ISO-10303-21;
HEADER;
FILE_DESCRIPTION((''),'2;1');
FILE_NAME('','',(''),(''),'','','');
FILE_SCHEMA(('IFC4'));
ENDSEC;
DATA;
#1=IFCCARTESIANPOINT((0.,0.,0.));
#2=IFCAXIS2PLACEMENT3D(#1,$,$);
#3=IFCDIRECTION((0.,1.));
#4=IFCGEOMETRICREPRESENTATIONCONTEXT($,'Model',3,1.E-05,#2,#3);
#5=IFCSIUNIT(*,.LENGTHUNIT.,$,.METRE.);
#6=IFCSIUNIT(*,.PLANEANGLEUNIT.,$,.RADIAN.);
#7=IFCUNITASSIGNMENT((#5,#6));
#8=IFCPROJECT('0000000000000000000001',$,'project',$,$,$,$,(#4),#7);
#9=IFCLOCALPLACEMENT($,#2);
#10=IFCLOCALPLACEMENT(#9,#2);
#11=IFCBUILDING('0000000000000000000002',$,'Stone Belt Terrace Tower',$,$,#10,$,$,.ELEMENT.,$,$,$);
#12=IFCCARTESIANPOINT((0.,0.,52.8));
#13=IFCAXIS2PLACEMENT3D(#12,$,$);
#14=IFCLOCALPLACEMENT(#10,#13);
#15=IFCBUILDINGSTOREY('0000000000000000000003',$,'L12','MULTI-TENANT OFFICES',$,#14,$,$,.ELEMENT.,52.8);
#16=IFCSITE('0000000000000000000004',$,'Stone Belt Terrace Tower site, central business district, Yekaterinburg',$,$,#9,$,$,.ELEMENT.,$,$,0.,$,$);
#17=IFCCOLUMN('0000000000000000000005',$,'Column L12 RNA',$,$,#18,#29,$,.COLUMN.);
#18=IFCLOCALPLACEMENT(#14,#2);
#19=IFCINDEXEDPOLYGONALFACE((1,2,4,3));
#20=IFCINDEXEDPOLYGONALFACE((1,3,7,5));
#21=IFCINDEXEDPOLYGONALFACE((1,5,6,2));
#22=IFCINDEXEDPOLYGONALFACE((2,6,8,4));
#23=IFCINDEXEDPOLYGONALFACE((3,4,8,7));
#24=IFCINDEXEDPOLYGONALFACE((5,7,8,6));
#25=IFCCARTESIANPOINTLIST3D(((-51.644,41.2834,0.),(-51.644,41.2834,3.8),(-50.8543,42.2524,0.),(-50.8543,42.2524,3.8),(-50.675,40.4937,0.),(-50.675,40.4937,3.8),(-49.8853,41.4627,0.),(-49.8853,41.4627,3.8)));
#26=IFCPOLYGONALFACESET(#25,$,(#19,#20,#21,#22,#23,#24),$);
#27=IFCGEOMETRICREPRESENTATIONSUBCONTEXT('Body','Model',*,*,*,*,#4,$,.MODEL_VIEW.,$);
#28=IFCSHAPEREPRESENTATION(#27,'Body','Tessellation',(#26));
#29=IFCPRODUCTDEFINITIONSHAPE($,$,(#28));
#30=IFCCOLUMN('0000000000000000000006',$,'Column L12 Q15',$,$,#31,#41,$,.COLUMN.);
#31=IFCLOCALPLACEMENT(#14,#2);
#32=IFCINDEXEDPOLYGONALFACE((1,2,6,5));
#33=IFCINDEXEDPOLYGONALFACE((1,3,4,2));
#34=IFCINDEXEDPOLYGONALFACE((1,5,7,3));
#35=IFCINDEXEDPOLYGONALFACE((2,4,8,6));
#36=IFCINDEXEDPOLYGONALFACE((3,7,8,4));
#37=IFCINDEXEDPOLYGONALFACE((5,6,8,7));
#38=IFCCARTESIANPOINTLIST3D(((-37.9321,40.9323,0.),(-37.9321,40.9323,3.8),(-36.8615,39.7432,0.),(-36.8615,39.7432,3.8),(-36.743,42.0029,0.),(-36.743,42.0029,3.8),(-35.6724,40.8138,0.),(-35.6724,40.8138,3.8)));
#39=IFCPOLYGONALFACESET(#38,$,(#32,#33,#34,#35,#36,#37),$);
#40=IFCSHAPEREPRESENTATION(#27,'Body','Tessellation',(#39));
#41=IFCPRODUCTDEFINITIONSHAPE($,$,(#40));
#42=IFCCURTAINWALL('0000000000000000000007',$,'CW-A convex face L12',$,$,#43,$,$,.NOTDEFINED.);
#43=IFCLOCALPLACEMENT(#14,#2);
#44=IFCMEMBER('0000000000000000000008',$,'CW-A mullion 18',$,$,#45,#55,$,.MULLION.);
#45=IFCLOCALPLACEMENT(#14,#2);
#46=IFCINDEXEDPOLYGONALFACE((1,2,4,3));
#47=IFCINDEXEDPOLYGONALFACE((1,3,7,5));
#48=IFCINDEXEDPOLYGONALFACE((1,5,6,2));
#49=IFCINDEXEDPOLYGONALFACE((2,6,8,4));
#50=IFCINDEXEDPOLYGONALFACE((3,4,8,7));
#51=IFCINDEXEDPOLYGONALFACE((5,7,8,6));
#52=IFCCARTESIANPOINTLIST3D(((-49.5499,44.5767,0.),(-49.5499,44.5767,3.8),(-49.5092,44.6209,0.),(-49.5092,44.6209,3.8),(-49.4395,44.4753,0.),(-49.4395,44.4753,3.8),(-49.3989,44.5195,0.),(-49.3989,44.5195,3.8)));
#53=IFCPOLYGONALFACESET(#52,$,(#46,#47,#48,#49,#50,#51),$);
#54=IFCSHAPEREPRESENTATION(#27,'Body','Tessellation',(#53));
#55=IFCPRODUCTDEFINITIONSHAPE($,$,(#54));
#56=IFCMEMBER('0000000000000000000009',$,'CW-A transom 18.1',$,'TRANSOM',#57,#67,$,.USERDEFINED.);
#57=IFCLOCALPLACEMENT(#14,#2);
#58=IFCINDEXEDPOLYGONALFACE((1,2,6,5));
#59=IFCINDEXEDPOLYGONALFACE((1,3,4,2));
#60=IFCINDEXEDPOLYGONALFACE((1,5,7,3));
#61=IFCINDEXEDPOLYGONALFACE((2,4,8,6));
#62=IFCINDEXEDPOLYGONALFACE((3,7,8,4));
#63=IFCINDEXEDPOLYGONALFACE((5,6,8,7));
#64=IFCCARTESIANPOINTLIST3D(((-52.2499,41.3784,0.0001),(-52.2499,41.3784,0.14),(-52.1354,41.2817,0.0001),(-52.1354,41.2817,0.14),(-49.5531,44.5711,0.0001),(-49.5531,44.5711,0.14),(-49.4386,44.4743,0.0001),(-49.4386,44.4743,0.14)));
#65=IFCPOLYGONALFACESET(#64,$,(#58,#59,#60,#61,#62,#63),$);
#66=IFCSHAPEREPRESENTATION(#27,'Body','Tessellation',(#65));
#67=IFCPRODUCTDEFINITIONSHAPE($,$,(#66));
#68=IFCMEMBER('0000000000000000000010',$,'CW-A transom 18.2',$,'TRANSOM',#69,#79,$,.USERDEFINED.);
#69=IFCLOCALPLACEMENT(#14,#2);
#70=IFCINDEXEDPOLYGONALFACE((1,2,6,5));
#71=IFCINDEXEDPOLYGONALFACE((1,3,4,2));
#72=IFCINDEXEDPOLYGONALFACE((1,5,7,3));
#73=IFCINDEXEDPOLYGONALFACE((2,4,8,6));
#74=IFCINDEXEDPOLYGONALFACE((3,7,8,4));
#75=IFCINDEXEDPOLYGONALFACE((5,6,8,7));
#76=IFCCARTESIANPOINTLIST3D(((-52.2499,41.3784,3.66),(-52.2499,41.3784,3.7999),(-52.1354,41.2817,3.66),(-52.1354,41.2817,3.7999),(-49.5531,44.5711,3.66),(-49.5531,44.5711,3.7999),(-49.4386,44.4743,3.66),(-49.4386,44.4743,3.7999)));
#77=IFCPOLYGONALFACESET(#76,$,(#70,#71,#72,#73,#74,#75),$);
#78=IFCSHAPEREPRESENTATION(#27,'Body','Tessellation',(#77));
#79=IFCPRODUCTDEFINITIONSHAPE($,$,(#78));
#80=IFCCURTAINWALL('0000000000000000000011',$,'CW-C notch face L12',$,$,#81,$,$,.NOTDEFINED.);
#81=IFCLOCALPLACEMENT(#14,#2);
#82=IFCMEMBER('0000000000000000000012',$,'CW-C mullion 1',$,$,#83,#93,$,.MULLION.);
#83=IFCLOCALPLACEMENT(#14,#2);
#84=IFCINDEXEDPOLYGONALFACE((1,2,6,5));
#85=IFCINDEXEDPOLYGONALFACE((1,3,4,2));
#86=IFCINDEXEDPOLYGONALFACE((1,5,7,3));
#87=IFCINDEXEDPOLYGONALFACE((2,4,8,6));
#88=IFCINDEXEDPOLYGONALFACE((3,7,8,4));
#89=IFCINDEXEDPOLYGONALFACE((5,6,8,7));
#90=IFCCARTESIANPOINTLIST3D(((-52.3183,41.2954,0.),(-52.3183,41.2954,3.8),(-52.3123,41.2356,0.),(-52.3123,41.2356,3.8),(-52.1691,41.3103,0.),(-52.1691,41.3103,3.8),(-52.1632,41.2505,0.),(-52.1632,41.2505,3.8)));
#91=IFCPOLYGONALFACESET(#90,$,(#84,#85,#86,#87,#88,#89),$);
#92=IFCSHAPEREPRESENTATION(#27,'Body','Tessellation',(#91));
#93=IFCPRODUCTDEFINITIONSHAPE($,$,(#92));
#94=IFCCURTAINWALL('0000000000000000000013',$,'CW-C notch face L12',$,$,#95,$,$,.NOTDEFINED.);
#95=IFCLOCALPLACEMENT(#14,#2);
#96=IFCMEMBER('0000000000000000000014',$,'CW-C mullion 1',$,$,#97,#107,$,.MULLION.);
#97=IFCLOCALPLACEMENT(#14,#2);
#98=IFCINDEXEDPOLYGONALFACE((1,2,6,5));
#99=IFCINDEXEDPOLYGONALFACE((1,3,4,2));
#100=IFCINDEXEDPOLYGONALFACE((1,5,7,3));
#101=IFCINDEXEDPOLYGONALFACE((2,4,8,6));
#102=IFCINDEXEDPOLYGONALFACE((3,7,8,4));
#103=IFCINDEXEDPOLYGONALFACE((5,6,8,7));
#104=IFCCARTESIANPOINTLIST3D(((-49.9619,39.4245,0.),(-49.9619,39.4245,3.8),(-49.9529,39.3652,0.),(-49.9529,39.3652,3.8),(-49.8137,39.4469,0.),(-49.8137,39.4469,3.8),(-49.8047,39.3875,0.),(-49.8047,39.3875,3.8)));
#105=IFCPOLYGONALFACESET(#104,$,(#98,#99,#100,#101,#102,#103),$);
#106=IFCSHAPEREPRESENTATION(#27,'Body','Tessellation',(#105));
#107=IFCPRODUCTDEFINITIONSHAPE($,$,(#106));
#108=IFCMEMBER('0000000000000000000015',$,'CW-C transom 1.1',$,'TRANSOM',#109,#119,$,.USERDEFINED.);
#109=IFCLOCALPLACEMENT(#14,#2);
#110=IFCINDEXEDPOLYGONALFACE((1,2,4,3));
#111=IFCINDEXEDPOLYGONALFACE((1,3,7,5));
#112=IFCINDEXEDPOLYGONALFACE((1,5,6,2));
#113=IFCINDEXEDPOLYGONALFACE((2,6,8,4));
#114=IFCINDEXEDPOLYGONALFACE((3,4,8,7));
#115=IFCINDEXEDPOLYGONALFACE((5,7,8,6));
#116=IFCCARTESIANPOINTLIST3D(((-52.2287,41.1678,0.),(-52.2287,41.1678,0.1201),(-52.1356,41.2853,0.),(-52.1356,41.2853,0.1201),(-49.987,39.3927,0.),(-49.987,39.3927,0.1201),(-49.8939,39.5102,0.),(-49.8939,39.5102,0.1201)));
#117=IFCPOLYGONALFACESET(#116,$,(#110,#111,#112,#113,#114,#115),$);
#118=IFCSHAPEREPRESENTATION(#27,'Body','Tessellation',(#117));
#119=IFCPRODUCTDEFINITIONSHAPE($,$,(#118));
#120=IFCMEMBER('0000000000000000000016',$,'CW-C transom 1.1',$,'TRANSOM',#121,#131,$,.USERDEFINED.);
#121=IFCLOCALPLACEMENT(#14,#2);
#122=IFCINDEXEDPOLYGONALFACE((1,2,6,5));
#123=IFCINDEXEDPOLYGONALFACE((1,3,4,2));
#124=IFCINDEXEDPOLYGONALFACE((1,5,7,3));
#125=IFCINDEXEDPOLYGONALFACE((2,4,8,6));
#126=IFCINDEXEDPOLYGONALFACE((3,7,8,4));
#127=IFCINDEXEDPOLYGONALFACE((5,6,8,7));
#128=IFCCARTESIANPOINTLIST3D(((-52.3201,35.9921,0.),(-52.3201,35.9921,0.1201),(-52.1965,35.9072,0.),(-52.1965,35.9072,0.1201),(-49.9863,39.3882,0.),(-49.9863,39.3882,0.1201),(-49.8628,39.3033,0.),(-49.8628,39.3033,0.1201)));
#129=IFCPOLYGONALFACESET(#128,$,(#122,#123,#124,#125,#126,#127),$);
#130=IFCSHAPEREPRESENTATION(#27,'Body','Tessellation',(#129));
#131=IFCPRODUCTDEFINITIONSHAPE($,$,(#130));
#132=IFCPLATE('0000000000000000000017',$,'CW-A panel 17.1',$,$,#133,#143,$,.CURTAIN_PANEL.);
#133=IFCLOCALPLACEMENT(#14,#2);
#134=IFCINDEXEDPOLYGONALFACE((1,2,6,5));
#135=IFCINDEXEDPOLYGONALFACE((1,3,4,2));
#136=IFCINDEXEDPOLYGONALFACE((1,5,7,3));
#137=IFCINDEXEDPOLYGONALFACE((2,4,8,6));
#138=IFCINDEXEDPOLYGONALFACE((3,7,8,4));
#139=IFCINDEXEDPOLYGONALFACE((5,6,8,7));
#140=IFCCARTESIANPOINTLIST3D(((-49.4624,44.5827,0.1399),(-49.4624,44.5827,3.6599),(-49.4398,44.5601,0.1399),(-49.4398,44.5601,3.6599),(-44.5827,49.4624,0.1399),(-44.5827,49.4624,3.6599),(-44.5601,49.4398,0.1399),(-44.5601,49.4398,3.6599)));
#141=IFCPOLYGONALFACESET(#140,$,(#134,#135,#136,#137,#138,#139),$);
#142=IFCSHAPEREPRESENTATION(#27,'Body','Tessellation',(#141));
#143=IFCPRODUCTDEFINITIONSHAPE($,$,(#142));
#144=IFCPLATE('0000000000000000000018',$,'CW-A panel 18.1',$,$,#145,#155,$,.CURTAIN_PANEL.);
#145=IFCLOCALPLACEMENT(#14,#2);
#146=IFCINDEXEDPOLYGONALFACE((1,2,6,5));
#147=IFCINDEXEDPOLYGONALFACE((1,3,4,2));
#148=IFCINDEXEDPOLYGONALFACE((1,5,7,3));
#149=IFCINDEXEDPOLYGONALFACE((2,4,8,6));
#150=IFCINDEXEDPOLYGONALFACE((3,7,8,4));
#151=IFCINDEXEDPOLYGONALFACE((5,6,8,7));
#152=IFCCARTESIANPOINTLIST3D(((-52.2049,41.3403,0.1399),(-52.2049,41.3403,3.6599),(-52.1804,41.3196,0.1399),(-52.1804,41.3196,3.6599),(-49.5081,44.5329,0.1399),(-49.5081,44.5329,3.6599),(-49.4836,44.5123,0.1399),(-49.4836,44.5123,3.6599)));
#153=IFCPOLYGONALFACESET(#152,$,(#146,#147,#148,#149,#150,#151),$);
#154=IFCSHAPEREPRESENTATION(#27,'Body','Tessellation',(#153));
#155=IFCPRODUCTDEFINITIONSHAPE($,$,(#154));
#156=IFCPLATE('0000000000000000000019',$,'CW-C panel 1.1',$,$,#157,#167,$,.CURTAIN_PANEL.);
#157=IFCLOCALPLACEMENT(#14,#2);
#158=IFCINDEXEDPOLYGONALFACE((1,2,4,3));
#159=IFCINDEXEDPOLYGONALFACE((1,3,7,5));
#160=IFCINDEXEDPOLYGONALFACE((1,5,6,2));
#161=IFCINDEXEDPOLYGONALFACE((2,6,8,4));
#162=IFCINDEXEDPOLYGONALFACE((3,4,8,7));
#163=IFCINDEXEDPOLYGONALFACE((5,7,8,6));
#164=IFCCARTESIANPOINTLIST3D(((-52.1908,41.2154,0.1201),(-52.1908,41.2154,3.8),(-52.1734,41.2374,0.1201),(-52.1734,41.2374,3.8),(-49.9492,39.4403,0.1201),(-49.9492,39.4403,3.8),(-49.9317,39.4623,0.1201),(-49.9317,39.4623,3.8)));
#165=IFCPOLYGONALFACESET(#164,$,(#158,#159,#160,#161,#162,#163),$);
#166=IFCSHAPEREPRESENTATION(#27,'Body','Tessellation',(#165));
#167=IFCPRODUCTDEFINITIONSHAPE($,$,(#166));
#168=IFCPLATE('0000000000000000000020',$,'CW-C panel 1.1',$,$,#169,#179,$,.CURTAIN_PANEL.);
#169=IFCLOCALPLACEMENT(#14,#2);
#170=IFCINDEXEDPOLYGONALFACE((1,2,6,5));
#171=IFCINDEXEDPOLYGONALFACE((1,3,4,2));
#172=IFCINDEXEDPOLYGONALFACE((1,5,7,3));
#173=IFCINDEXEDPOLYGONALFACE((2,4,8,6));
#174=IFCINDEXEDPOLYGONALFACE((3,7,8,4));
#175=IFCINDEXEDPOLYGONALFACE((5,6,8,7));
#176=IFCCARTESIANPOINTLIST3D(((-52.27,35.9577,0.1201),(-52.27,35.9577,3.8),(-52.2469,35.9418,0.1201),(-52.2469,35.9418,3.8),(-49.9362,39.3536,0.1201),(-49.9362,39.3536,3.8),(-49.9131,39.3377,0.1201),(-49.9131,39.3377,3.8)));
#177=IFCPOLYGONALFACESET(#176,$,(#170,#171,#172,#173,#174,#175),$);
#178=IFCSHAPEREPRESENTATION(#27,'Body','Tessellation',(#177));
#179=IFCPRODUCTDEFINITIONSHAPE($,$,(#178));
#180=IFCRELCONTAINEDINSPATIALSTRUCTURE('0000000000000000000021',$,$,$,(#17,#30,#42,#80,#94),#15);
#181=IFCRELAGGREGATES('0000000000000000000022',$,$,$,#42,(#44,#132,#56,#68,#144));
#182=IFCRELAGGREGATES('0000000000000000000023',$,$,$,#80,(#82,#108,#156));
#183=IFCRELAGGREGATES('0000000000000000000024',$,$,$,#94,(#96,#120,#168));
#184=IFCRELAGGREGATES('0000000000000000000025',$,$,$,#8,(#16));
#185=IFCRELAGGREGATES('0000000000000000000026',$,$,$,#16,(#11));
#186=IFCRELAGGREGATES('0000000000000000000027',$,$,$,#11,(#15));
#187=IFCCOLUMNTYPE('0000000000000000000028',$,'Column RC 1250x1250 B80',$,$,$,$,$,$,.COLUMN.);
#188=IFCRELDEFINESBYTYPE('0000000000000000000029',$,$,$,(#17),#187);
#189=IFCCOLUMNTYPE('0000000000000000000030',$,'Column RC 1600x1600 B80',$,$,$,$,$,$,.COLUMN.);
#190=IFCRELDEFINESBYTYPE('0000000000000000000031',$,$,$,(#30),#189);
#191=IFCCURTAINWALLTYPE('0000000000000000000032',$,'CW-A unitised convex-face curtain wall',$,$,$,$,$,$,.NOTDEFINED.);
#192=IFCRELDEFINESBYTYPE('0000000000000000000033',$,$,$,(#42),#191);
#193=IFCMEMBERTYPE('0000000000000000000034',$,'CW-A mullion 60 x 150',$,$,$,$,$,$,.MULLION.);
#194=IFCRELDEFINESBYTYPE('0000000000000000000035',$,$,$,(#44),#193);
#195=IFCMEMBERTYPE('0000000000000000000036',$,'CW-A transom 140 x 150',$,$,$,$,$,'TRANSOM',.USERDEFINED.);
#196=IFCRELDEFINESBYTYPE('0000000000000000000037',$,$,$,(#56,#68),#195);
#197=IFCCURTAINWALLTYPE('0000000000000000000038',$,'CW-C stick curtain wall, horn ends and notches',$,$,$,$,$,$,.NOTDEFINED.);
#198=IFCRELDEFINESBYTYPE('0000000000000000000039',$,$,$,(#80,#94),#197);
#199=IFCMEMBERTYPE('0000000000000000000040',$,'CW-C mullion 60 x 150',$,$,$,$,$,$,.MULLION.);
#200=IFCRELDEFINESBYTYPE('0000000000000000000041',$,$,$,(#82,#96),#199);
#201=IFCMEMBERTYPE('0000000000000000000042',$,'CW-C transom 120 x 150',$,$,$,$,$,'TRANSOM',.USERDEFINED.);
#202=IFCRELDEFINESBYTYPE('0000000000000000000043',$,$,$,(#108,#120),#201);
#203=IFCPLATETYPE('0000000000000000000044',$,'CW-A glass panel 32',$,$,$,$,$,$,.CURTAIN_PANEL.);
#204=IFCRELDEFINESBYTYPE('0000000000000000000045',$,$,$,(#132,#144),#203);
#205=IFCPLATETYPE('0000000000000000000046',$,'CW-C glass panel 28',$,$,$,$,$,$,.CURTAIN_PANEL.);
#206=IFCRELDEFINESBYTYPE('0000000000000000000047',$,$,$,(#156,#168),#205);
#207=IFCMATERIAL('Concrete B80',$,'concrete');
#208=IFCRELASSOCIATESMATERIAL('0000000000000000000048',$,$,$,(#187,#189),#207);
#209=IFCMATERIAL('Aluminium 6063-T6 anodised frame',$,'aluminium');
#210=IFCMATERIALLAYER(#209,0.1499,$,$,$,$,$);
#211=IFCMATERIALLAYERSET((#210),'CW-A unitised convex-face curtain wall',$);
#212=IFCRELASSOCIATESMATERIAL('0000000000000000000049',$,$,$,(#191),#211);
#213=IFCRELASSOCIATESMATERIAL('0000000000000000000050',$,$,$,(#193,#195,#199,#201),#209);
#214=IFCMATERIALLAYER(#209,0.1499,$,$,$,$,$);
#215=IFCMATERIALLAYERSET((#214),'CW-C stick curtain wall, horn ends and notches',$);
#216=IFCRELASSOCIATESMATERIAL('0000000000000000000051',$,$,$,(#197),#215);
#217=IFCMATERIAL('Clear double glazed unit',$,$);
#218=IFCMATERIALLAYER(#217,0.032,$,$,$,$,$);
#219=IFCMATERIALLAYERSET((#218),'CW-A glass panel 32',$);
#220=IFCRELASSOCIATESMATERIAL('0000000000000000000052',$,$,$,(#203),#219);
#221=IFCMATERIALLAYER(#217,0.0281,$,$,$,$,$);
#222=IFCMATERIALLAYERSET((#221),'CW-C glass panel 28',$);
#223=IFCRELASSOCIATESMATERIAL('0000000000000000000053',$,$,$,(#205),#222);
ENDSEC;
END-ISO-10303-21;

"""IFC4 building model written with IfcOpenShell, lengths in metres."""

from ifc_helpers import new_model, si_unit, direction, frame, origin, origin_2d, place, context, subcontext, project, spatial, rectangle, extrude, material, layer, layer_set, material_profile, profile_set, type_object, element, aggregate, save


model = new_model("IFC4")

# Units and contexts
model_context = context("Model", 3, precision=1e-05, world=origin(), true_north=direction((0.0, 1.0)))
body_context = subcontext(model_context, "Body", "Model", "MODEL_VIEW")
ifc_project = project(units=[si_unit("LENGTHUNIT", "METRE"), si_unit("PLANEANGLEUNIT", "RADIAN")], contexts=[model_context])

# Site, building, storey
site_placement = place(None, origin())
site = spatial("IfcSite", under=ifc_project, at=site_placement, Name="Stone Belt Terrace Tower site, central business district, Yekaterinburg", CompositionType="ELEMENT", RefElevation=0.0)
building_placement = place(site_placement, origin())
building = spatial("IfcBuilding", under=site, at=building_placement, Name="Stone Belt Terrace Tower", CompositionType="ELEMENT")
storey_placement = place(building_placement, frame((0.0, 0.0, 52.8)))
storey = spatial("IfcBuildingStorey", under=building, at=storey_placement, Name="L12", Description="MULTI-TENANT OFFICES", CompositionType="ELEMENT", Elevation=52.8)

# Columns
ifc_material_1 = material(Name="Concrete B80", Category="concrete")
ifc_material_profile_1 = material_profile(ifc_material_1, rectangle(XDim=1.25, YDim=1.25, at=origin_2d()), Name="RC 1250x1250")
ifc_profile_set_1 = profile_set([ifc_material_profile_1], Name="Concrete B80")
column_type_1 = type_object("IfcColumnType", Name="Column RC 1250x1250 B80", PredefinedType="COLUMN", material=ifc_profile_set_1)
column_1_placement = place(storey_placement, frame((-50.7646, 41.373, 0.0), z_axis=(0.0, 0.0, 1.0), x_axis=(0.631759, 0.775165, 0.0)))
element("IfcColumn", 1, at=column_1_placement, inside=storey, type_object=column_type_1, Name="Column L12 RNA", PredefinedType="COLUMN", context=body_context, shape_type="SweptSolid", body=[
    extrude(rectangle(XDim=1.25, YDim=1.25, at=origin_2d()), origin(), (0.0, 0.0, 1.0), 3.8),
])
ifc_material_profile_2 = material_profile(ifc_material_1, rectangle(XDim=1.6001, YDim=1.6001, at=origin_2d()), Name="RC 1600x1600")
ifc_profile_set_2 = profile_set([ifc_material_profile_2], Name="Concrete B80")
column_type_2 = type_object("IfcColumnType", Name="Column RC 1600x1600 B80", PredefinedType="COLUMN", material=ifc_profile_set_2)
column_2_placement = place(storey_placement, frame((-36.8022, 40.873, 0.0), z_axis=(0.0, 0.0, 1.0), x_axis=(0.743145, 0.669131, 0.0)))
element("IfcColumn", 2, at=column_2_placement, inside=storey, type_object=column_type_2, Name="Column L12 Q15", PredefinedType="COLUMN", context=body_context, shape_type="SweptSolid", body=[
    extrude(rectangle(XDim=1.6001, YDim=1.6001, at=origin_2d()), origin(), (0.0, 0.0, 1.0), 3.8),
])

# Curtain wall, members
ifc_material_2 = material(Name="Aluminium 6063-T6 anodised frame", Category="aluminium")
ifc_layer_1 = layer(ifc_material_2, 0.1499)
ifc_layer_set_1 = layer_set([ifc_layer_1], Name="CW-A unitised convex-face curtain wall")
curtain_wall_type_1 = type_object("IfcCurtainWallType", Name="CW-A unitised convex-face curtain wall", PredefinedType="NOTDEFINED", material=ifc_layer_set_1)
curtain_wall_1_placement = place(storey_placement, origin())
curtain_wall_1 = element("IfcCurtainWall", 3, at=curtain_wall_1_placement, inside=storey, type_object=curtain_wall_type_1, Name="CW-A convex face L12", PredefinedType="NOTDEFINED")
ifc_material_profile_3 = material_profile(ifc_material_2, rectangle(XDim=0.1499, YDim=0.0601, at=origin_2d()), Name="Aluminium 6063-T6 60x150")
ifc_profile_set_3 = profile_set([ifc_material_profile_3], Name="Aluminium 6063-T6 anodised frame")
member_type_1 = type_object("IfcMemberType", Name="CW-A mullion 60 x 150", PredefinedType="MULLION", material=ifc_profile_set_3)
member_1_placement = place(storey_placement, frame((-49.4744, 44.5481, 0.0), z_axis=(0.0, 0.0, 1.0), x_axis=(0.736171, -0.676796, 0.0)))
member_1 = element("IfcMember", 4, at=member_1_placement, type_object=member_type_1, Name="CW-A mullion 18", PredefinedType="MULLION", context=body_context, shape_type="SweptSolid", body=[
    extrude(rectangle(XDim=0.1499, YDim=0.0601, at=origin_2d()), origin(), (0.0, 0.0, 1.0), 3.8),
])
ifc_material_profile_4 = material_profile(ifc_material_2, rectangle(XDim=0.1499, YDim=0.1399, at=origin_2d()), Name="Aluminium 6063-T6 150x140")
ifc_profile_set_4 = profile_set([ifc_material_profile_4], Name="Aluminium 6063-T6 anodised frame")
member_type_2 = type_object("IfcMemberType", Name="CW-A transom 140 x 150", ElementType="TRANSOM", PredefinedType="USERDEFINED", material=ifc_profile_set_4)
member_2_placement = place(storey_placement, frame((-49.4958, 44.5227, 0.0701), z_axis=(-0.64529, -0.763938, 0.0), x_axis=(0.763938, -0.64529, 0.0)))
member_2 = element("IfcMember", 5, at=member_2_placement, type_object=member_type_2, Name="CW-A transom 18.1", ObjectType="TRANSOM", PredefinedType="USERDEFINED", context=body_context, shape_type="SweptSolid", body=[
    extrude(rectangle(XDim=0.1499, YDim=0.1399, at=origin_2d()), origin(), (0.0, 0.0, 1.0), 4.1792),
])
member_3_placement = place(storey_placement, frame((-49.4958, 44.5227, 3.73), z_axis=(-0.64529, -0.763938, 0.0), x_axis=(0.763938, -0.64529, 0.0)))
member_3 = element("IfcMember", 6, at=member_3_placement, type_object=member_type_2, Name="CW-A transom 18.2", ObjectType="TRANSOM", PredefinedType="USERDEFINED", context=body_context, shape_type="SweptSolid", body=[
    extrude(rectangle(XDim=0.1499, YDim=0.1399, at=origin_2d()), origin(), (0.0, 0.0, 1.0), 4.1792),
])

# Curtain walls, members
ifc_layer_2 = layer(ifc_material_2, 0.1499)
ifc_layer_set_2 = layer_set([ifc_layer_2], Name="CW-C stick curtain wall, horn ends and notches")
curtain_wall_type_2 = type_object("IfcCurtainWallType", Name="CW-C stick curtain wall, horn ends and notches", PredefinedType="NOTDEFINED", material=ifc_layer_set_2)
curtain_wall_2_placement = place(storey_placement, origin())
curtain_wall_2 = element("IfcCurtainWall", 7, at=curtain_wall_2_placement, inside=storey, type_object=curtain_wall_type_2, Name="CW-C notch face L12", PredefinedType="NOTDEFINED")
ifc_material_profile_5 = material_profile(ifc_material_2, rectangle(XDim=0.1499, YDim=0.0601, at=origin_2d()), Name="Aluminium 6063-T6 60x150")
ifc_profile_set_5 = profile_set([ifc_material_profile_5], Name="Aluminium 6063-T6 anodised frame")
member_type_3 = type_object("IfcMemberType", Name="CW-C mullion 60 x 150", PredefinedType="MULLION", material=ifc_profile_set_5)
member_4_placement = place(storey_placement, frame((-52.2407, 41.2729, 0.0), z_axis=(0.0, 0.0, 1.0), x_axis=(0.995023, 0.099645, 0.0)))
member_4 = element("IfcMember", 8, at=member_4_placement, type_object=member_type_3, Name="CW-C mullion 1", PredefinedType="MULLION", context=body_context, shape_type="SweptSolid", body=[
    extrude(rectangle(XDim=0.1499, YDim=0.0601, at=origin_2d()), origin(), (0.0, 0.0, 1.0), 3.8),
])
curtain_wall_3_placement = place(storey_placement, origin())
curtain_wall_3 = element("IfcCurtainWall", 9, at=curtain_wall_3_placement, inside=storey, type_object=curtain_wall_type_2, Name="CW-C notch face L12", PredefinedType="NOTDEFINED")
member_5_placement = place(storey_placement, frame((-49.8833, 39.406, 0.0), z_axis=(0.0, 0.0, 1.0), x_axis=(0.988851, 0.148906, 0.0)))
member_5 = element("IfcMember", 10, at=member_5_placement, type_object=member_type_3, Name="CW-C mullion 1", PredefinedType="MULLION", context=body_context, shape_type="SweptSolid", body=[
    extrude(rectangle(XDim=0.1499, YDim=0.0601, at=origin_2d()), origin(), (0.0, 0.0, 1.0), 3.8),
])

# Members
ifc_material_profile_6 = material_profile(ifc_material_2, rectangle(XDim=0.1499, YDim=0.1201, at=origin_2d()), Name="Aluminium 6063-T6 150x120")
ifc_profile_set_6 = profile_set([ifc_material_profile_6], Name="Aluminium 6063-T6 anodised frame")
member_type_4 = type_object("IfcMemberType", Name="CW-C transom 120 x 150", ElementType="TRANSOM", PredefinedType="USERDEFINED", material=ifc_profile_set_6)
member_6_placement = place(storey_placement, frame((-52.1821, 41.2266, 0.0601), z_axis=(0.783966, -0.620804, 0.0), x_axis=(0.620804, 0.783966, 0.0)))
member_6 = element("IfcMember", 11, at=member_6_placement, type_object=member_type_4, Name="CW-C transom 1.1", ObjectType="TRANSOM", PredefinedType="USERDEFINED", context=body_context, shape_type="SweptSolid", body=[
    extrude(rectangle(XDim=0.1499, YDim=0.1201, at=origin_2d()), origin(), (0.0, 0.0, 1.0), 2.8594),
])
member_7_placement = place(storey_placement, frame((-49.9246, 39.3457, 0.0601), z_axis=(-0.566363, -0.824156, 0.0), x_axis=(0.824156, -0.566363, 0.0)))
member_7 = element("IfcMember", 12, at=member_7_placement, type_object=member_type_4, Name="CW-C transom 1.1", ObjectType="TRANSOM", PredefinedType="USERDEFINED", context=body_context, shape_type="SweptSolid", body=[
    extrude(rectangle(XDim=0.1499, YDim=0.1201, at=origin_2d()), origin(), (0.0, 0.0, 1.0), 4.1206),
])

# Plates
ifc_material_3 = material(Name="Clear double glazed unit")
ifc_layer_3 = layer(ifc_material_3, 0.032)
ifc_layer_set_3 = layer_set([ifc_layer_3], Name="CW-A glass panel 32")
plate_type_1 = type_object("IfcPlateType", Name="CW-A glass panel 32", PredefinedType="CURTAIN_PANEL", material=ifc_layer_set_3)
plate_1_placement = place(storey_placement, frame((-47.0112, 47.0112, 0.1399), z_axis=(0.0, 0.0, 1.0), x_axis=(-0.707107, -0.707107, 0.0)))
plate_1 = element("IfcPlate", 13, at=plate_1_placement, type_object=plate_type_1, Name="CW-A panel 17.1", PredefinedType="CURTAIN_PANEL", context=body_context, shape_type="SweptSolid", body=[
    extrude(rectangle(XDim=6.9009, YDim=0.032, at=origin_2d()), origin(), (0.0, 0.0, 1.0), 3.52),
])
plate_2_placement = place(storey_placement, frame((-50.8442, 42.9263, 0.1399), z_axis=(0.0, 0.0, 1.0), x_axis=(-0.645291, -0.763937, 0.0)))
plate_2 = element("IfcPlate", 14, at=plate_2_placement, type_object=plate_type_1, Name="CW-A panel 18.1", PredefinedType="CURTAIN_PANEL", context=body_context, shape_type="SweptSolid", body=[
    extrude(rectangle(XDim=4.1792, YDim=0.032, at=origin_2d()), origin(), (0.0, 0.0, 1.0), 3.52),
])
aggregate(curtain_wall_1, [member_1, plate_1, member_2, member_3, plate_2])
ifc_layer_4 = layer(ifc_material_3, 0.0281)
ifc_layer_set_4 = layer_set([ifc_layer_4], Name="CW-C glass panel 28")
plate_type_2 = type_object("IfcPlateType", Name="CW-C glass panel 28", PredefinedType="CURTAIN_PANEL", material=ifc_layer_set_4)
plate_3_placement = place(storey_placement, frame((-51.0613, 40.3389, 0.1201), z_axis=(0.0, 0.0, 1.0), x_axis=(0.783964, -0.620807, 0.0)))
plate_3 = element("IfcPlate", 15, at=plate_3_placement, type_object=plate_type_2, Name="CW-C panel 1.1", PredefinedType="CURTAIN_PANEL", context=body_context, shape_type="SweptSolid", body=[
    extrude(rectangle(XDim=2.8594, YDim=0.0281, at=origin_2d()), origin(), (0.0, 0.0, 1.0), 3.6799),
])
aggregate(curtain_wall_2, [member_4, member_6, plate_3])
plate_4_placement = place(storey_placement, frame((-51.0916, 37.6477, 0.1201), z_axis=(0.0, 0.0, 1.0), x_axis=(-0.566376, -0.824147, 0.0)))
plate_4 = element("IfcPlate", 16, at=plate_4_placement, type_object=plate_type_2, Name="CW-C panel 1.1", PredefinedType="CURTAIN_PANEL", context=body_context, shape_type="SweptSolid", body=[
    extrude(rectangle(XDim=4.1206, YDim=0.0281, at=origin_2d()), origin(), (0.0, 0.0, 1.0), 3.6799),
])
aggregate(curtain_wall_3, [member_5, member_7, plate_4])

save(model, "model.ifc")
